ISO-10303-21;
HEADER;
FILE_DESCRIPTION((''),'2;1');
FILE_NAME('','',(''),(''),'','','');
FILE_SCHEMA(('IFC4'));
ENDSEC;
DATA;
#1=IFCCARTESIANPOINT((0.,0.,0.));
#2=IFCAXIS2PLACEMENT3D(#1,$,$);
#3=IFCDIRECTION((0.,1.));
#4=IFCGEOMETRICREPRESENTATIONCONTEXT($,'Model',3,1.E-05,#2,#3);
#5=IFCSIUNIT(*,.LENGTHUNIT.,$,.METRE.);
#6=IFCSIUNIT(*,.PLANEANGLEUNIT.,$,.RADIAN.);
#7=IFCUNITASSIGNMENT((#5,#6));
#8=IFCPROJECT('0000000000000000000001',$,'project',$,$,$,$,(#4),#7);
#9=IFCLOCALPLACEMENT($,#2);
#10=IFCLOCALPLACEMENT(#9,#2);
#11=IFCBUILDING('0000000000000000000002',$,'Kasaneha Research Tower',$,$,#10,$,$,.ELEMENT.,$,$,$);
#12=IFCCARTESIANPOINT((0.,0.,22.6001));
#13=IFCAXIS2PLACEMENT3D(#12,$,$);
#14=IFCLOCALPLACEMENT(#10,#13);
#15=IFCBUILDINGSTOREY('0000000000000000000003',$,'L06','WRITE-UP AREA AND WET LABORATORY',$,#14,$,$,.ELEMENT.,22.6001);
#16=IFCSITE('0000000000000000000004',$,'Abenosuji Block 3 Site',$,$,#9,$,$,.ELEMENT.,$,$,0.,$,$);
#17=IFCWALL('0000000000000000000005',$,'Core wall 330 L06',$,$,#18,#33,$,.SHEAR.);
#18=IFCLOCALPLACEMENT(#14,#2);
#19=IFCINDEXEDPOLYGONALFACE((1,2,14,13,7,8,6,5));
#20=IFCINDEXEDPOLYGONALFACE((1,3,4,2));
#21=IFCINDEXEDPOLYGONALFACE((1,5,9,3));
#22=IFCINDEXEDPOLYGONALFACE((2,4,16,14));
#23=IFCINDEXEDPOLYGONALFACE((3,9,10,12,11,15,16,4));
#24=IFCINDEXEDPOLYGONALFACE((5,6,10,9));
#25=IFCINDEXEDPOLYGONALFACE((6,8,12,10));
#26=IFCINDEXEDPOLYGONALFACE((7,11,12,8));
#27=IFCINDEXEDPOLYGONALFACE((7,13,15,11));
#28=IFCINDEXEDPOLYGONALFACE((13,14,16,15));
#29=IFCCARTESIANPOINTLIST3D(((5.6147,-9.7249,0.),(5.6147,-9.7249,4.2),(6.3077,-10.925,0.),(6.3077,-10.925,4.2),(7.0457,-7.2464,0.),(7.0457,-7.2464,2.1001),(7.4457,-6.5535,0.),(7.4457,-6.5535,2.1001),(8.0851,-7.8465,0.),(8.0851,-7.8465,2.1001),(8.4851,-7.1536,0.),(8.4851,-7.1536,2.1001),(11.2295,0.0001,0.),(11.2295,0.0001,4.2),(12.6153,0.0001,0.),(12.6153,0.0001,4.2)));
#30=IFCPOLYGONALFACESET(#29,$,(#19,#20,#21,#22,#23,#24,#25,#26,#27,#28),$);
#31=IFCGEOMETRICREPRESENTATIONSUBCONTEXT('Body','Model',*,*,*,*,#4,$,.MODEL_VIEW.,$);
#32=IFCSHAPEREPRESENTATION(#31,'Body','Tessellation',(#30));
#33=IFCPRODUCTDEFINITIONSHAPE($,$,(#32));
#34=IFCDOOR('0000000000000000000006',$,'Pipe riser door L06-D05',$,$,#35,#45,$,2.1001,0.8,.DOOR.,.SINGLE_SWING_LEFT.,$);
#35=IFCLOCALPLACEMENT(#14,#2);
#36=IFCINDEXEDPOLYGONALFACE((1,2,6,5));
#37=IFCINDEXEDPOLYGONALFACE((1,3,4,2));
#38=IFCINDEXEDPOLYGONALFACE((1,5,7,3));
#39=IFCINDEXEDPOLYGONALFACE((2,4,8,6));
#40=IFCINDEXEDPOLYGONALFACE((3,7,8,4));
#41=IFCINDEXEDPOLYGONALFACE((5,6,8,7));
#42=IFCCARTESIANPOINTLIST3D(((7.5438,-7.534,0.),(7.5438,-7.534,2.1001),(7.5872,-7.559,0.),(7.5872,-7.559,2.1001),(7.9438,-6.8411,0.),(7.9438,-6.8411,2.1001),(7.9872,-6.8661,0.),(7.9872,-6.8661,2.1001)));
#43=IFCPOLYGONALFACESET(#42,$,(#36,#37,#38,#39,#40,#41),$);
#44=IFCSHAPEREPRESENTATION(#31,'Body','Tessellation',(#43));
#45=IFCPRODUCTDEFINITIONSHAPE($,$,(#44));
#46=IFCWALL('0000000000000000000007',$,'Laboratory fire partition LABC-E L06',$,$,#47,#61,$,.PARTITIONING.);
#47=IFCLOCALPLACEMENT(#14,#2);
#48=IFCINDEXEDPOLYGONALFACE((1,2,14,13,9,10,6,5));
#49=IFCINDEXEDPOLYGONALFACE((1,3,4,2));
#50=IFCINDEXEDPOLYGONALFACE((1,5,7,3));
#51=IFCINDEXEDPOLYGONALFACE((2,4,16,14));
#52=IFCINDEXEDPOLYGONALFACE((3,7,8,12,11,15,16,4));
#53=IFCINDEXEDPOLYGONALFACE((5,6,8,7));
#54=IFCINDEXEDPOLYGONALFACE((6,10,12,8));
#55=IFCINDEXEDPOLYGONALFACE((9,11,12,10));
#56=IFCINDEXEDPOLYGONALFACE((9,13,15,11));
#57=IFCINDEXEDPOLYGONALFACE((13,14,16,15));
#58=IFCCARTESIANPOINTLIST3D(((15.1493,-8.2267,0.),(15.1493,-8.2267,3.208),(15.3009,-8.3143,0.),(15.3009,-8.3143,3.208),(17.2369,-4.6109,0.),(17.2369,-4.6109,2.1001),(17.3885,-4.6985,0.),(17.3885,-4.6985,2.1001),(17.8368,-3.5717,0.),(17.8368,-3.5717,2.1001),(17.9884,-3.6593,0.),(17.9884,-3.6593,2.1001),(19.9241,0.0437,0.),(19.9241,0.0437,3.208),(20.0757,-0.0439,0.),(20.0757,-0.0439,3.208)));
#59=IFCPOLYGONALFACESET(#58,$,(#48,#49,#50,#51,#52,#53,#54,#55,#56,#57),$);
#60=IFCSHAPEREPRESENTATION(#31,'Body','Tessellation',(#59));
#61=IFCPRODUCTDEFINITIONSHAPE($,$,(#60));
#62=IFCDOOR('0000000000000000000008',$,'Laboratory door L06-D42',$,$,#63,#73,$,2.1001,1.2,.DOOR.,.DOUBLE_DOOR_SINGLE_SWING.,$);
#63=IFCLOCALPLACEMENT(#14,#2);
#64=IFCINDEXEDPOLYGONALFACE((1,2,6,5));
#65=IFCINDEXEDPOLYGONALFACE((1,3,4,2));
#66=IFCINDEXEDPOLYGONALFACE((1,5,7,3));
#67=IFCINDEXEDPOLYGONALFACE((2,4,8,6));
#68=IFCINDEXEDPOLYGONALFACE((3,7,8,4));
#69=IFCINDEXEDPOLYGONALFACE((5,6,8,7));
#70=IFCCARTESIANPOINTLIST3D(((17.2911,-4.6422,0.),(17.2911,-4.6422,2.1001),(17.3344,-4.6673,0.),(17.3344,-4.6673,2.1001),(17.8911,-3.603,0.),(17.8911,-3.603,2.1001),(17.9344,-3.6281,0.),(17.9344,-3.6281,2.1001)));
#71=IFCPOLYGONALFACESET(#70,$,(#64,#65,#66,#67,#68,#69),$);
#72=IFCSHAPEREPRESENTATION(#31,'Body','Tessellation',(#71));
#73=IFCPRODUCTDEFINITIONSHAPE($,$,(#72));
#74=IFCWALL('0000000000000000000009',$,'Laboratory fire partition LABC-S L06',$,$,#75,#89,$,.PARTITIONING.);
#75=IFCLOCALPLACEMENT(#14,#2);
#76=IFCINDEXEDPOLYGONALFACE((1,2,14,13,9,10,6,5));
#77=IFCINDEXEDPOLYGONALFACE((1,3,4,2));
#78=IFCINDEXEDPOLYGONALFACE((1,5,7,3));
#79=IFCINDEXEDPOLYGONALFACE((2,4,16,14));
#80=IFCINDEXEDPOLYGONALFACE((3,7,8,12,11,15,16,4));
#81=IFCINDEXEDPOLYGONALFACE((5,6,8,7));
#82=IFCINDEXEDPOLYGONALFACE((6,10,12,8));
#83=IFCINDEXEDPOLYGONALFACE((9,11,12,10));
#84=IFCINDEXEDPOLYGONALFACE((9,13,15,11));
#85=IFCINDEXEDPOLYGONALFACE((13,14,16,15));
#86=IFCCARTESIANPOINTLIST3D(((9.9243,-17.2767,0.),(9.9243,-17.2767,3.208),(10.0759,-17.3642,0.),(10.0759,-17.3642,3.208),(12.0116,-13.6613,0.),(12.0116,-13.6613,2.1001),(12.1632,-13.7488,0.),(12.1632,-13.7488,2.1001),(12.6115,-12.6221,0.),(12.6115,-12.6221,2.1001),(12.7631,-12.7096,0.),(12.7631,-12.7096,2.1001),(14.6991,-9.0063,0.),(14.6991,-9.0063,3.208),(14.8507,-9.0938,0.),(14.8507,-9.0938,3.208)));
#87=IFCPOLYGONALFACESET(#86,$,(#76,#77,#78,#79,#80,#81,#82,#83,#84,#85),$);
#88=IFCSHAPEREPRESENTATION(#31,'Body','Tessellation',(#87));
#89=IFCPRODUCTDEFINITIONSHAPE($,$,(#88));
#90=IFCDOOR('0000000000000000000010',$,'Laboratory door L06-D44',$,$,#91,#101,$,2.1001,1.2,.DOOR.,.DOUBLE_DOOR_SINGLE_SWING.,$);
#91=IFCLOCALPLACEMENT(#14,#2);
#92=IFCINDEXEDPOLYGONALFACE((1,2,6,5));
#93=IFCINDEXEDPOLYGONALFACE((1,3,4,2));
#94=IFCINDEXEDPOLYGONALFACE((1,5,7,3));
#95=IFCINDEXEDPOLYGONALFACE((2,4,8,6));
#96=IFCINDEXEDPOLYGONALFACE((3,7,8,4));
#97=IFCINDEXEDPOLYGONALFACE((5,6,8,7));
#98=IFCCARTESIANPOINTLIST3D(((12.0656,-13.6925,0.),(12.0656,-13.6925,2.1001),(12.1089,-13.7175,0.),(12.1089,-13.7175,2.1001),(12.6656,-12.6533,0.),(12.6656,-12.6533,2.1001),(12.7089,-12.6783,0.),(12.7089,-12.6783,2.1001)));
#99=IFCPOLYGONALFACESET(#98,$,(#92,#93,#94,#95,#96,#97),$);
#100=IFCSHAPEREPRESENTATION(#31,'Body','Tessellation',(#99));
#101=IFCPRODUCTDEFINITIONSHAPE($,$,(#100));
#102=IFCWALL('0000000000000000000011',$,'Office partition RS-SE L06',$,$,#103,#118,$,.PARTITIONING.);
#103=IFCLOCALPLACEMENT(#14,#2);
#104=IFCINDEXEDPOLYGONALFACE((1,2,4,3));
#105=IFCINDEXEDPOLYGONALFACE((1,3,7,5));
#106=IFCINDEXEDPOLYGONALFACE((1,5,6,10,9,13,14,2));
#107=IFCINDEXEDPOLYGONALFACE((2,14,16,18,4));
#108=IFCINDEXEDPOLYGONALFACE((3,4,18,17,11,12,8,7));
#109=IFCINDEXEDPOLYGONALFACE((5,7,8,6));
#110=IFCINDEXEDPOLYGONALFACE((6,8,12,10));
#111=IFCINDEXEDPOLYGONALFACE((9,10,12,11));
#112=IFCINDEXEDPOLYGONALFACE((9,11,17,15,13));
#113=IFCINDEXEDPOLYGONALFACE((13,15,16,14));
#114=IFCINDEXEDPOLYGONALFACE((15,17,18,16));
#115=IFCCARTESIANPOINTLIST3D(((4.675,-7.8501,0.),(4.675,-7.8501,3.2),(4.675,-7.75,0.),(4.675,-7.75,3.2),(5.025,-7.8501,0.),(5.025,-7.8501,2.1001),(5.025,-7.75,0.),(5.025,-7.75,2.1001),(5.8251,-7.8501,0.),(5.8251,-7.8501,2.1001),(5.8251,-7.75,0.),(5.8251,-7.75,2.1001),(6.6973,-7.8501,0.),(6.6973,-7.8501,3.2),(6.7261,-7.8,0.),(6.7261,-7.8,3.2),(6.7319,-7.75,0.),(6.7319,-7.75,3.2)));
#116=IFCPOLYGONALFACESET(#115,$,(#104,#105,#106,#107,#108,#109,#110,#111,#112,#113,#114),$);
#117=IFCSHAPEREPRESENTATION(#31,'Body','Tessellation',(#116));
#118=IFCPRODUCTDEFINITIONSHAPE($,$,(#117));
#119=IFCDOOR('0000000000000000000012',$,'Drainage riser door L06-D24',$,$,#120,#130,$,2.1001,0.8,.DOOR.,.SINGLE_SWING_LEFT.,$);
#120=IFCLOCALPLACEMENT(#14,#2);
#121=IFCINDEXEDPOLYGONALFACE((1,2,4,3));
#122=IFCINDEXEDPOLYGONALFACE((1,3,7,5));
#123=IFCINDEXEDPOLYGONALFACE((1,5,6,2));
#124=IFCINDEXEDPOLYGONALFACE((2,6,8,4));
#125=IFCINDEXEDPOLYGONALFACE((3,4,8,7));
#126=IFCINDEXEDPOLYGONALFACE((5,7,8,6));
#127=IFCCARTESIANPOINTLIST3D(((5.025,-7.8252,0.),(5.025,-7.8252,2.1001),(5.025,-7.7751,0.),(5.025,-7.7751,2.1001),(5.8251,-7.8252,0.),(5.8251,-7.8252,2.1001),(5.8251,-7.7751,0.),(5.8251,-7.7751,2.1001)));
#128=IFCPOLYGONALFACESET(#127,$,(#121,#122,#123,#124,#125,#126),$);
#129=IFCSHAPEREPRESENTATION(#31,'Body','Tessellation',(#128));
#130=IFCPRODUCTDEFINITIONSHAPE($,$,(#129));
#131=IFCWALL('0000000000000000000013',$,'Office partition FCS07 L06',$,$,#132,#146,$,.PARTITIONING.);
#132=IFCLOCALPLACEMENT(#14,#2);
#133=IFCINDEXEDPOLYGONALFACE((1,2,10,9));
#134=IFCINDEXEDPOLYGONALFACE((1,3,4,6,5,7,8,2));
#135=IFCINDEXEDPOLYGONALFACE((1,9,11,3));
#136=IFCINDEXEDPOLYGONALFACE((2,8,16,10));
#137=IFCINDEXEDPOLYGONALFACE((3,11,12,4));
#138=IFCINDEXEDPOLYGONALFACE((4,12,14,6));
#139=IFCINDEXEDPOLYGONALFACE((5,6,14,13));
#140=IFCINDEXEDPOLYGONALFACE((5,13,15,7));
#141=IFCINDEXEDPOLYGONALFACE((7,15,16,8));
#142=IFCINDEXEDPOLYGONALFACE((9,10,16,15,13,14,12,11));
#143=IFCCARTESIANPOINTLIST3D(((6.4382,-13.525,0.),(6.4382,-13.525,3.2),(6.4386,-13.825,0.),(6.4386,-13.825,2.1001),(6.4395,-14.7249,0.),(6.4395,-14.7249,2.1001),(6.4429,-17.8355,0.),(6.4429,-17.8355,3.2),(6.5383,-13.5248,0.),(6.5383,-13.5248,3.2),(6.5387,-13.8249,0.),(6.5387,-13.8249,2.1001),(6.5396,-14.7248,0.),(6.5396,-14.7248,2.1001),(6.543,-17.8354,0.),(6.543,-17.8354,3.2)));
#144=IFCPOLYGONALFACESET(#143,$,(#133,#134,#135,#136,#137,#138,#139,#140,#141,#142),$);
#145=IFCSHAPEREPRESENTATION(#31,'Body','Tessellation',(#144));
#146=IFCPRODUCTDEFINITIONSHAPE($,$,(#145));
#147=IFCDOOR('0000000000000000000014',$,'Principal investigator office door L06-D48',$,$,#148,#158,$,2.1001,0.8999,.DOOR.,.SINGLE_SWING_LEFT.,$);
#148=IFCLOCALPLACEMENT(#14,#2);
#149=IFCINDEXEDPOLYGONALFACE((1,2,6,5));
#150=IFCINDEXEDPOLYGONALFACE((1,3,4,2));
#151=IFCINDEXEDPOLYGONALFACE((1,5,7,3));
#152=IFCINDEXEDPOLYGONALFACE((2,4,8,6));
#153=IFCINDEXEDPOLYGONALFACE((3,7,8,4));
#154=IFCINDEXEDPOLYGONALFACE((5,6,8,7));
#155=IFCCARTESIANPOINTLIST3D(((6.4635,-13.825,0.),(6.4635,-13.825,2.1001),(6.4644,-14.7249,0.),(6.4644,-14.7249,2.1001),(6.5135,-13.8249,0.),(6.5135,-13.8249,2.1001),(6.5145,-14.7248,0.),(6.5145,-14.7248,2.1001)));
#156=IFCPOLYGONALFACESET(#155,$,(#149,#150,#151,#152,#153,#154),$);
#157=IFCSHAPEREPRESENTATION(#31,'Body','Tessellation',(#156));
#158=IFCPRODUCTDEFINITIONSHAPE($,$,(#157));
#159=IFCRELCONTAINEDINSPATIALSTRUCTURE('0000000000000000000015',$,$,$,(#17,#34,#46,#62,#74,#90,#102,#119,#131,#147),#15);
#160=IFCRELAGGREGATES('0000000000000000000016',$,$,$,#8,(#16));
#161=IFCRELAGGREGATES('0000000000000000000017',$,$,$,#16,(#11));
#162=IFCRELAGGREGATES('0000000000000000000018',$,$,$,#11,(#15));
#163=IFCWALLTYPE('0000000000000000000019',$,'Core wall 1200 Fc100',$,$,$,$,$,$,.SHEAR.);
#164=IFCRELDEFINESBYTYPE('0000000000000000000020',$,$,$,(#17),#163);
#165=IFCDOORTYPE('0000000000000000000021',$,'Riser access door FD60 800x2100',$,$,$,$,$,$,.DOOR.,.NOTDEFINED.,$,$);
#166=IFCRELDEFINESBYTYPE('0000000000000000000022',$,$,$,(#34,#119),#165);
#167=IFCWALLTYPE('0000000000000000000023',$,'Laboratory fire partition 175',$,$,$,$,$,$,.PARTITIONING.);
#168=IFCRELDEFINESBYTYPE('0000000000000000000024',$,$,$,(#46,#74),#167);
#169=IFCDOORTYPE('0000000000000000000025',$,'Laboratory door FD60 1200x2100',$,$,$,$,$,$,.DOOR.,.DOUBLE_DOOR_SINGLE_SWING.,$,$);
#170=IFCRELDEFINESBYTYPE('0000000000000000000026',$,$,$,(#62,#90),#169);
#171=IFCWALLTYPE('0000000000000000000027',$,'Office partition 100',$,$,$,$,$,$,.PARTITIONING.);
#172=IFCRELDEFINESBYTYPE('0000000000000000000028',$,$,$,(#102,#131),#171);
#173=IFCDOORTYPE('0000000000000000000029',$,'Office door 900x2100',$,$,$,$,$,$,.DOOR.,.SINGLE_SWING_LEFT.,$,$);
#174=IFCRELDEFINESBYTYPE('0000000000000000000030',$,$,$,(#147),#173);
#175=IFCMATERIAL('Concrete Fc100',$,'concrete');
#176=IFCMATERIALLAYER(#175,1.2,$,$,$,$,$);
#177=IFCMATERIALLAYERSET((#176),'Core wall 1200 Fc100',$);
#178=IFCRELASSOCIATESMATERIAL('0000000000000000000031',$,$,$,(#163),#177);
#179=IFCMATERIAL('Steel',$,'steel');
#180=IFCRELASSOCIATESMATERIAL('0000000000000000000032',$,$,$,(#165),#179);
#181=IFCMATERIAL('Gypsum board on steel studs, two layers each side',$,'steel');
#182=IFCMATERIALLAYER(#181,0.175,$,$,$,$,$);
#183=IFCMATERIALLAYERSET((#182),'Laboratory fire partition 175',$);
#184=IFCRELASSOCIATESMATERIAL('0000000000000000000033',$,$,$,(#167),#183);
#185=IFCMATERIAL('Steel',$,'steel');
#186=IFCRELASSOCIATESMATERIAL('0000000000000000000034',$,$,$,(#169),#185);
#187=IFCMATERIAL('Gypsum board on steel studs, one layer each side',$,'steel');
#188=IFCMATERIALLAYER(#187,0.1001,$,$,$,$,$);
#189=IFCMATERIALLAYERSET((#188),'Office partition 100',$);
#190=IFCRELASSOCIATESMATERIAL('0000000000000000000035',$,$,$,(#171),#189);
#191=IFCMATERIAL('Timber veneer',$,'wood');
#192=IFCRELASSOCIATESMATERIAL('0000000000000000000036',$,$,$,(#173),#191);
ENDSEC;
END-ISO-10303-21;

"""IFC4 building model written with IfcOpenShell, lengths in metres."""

from ifc_helpers import new_model, si_unit, direction, frame, frame_2d, origin, place, context, subcontext, project, spatial, polyline, rectangle, outline, extrude, material, layer, layer_set, type_object, element, fill, save


model = new_model("IFC4")

# Units and contexts
model_context = context("Model", 3, precision=1e-05, world=origin(), true_north=direction((0.0, 1.0)))
body_context = subcontext(model_context, "Body", "Model", "MODEL_VIEW")
ifc_project = project(units=[si_unit("LENGTHUNIT", "METRE"), si_unit("PLANEANGLEUNIT", "RADIAN")], contexts=[model_context])

# Site, building, storey
site_placement = place(None, origin())
site = spatial("IfcSite", under=ifc_project, at=site_placement, Name="Abenosuji Block 3 Site", CompositionType="ELEMENT", RefElevation=0.0)
building_placement = place(site_placement, origin())
building = spatial("IfcBuilding", under=site, at=building_placement, Name="Kasaneha Research Tower", CompositionType="ELEMENT")
storey_placement = place(building_placement, frame((0.0, 0.0, 22.6001)))
storey = spatial("IfcBuildingStorey", under=building, at=storey_placement, Name="L06", Description="WRITE-UP AREA AND WET LABORATORY", CompositionType="ELEMENT", Elevation=22.6001)

# Walls, openings, doors
ifc_material_1 = material(Name="Concrete Fc100", Category="concrete")
ifc_layer_1 = layer(ifc_material_1, 1.2)
ifc_layer_set_1 = layer_set([ifc_layer_1], Name="Core wall 1200 Fc100")
wall_type_1 = type_object("IfcWallType", Name="Core wall 1200 Fc100", PredefinedType="SHEAR", material=ifc_layer_set_1)
wall_1_placement = place(storey_placement, frame((5.9612, -10.325, 0.0), z_axis=(0.0, 0.0, 1.0), x_axis=(0.500004, 0.866023, 0.0)))
wall_1 = element("IfcWall", 1, at=wall_1_placement, inside=storey, type_object=wall_type_1, Name="Core wall 330 L06", PredefinedType="SHEAR", context=body_context, shape_type="SweptSolid", body=[
    extrude(outline(polyline([(-0.3464, -0.6001), (3.2085, -0.6001), (4.0085, -0.6001), (12.2688, -0.6001), (11.5759, 0.6001), (4.0085, 0.6001), (3.2085, 0.6001), (0.3464, 0.6001), (-0.3464, -0.6001)])), origin(), (0.0, 0.0, 1.0), 4.2),
])
opening_1_placement = place(wall_1_placement, frame((3.2085, 0.0, 0.0)))
opening_1 = element("IfcOpeningElement", 2, at=opening_1_placement, cuts=wall_1, PredefinedType="OPENING", context=body_context, shape_type="SweptSolid", body=[
    extrude(rectangle(XDim=0.8, YDim=2.1001, at=frame_2d((0.3999, 1.05))), frame((0.0, 0.6099, 0.0), z_axis=(0.0, -1.0, 0.0), x_axis=(1.0, 0.0, 0.0)), (0.0, 0.0, 1.0), 1.22),
])
ifc_material_2 = material(Name="Steel", Category="steel")
door_type_1 = type_object("IfcDoorType", Name="Riser access door FD60 800x2100", OperationType="NOTDEFINED", PredefinedType="DOOR", material=ifc_material_2)
door_1_placement = place(opening_1_placement, origin())
door_1 = element("IfcDoor", 3, at=door_1_placement, inside=storey, type_object=door_type_1, Name="Pipe riser door L06-D05", OperationType="SINGLE_SWING_LEFT", OverallHeight=2.1001, OverallWidth=0.8, PredefinedType="DOOR", context=body_context, shape_type="SweptSolid", body=[
    extrude(rectangle(XDim=0.8, YDim=2.1001, at=frame_2d((0.3999, 1.05))), frame((0.0, 0.0249, 0.0), z_axis=(0.0, -1.0, 0.0), x_axis=(1.0, 0.0, 0.0)), (0.0, 0.0, 1.0), 0.05),
])
fill(opening_1, door_1)
ifc_material_3 = material(Name="Gypsum board on steel studs, two layers each side", Category="steel")
ifc_layer_2 = layer(ifc_material_3, 0.175)
ifc_layer_set_2 = layer_set([ifc_layer_2], Name="Laboratory fire partition 175")
wall_type_2 = type_object("IfcWallType", Name="Laboratory fire partition 175", PredefinedType="PARTITIONING", material=ifc_layer_set_2)
wall_2_placement = place(storey_placement, frame((15.2251, -8.2705, 0.0), z_axis=(0.0, 0.0, 1.0), x_axis=(0.499994, 0.866029, 0.0)))
wall_2 = element("IfcWall", 4, at=wall_2_placement, inside=storey, type_object=wall_type_2, Name="Laboratory fire partition LABC-E L06", PredefinedType="PARTITIONING", context=body_context, shape_type="SweptSolid", body=[
    extrude(rectangle(XDim=9.5498, YDim=0.175, at=frame_2d((4.7749, 0.0))), origin(), (0.0, 0.0, 1.0), 3.208),
])
opening_2_placement = place(wall_2_placement, frame((4.175, 0.0, 0.0)))
opening_2 = element("IfcOpeningElement", 5, at=opening_2_placement, cuts=wall_2, PredefinedType="OPENING", context=body_context, shape_type="SweptSolid", body=[
    extrude(rectangle(XDim=1.2, YDim=2.1001, at=frame_2d((0.6001, 1.05))), frame((0.0, 0.0977, 0.0), z_axis=(0.0, -1.0, 0.0), x_axis=(1.0, 0.0, 0.0)), (0.0, 0.0, 1.0), 0.1951),
])
ifc_material_4 = material(Name="Steel", Category="steel")
door_type_2 = type_object("IfcDoorType", Name="Laboratory door FD60 1200x2100", OperationType="DOUBLE_DOOR_SINGLE_SWING", PredefinedType="DOOR", material=ifc_material_4)
door_2_placement = place(opening_2_placement, origin())
door_2 = element("IfcDoor", 6, at=door_2_placement, inside=storey, type_object=door_type_2, Name="Laboratory door L06-D42", OperationType="DOUBLE_DOOR_SINGLE_SWING", OverallHeight=2.1001, OverallWidth=1.2, PredefinedType="DOOR", context=body_context, shape_type="SweptSolid", body=[
    extrude(rectangle(XDim=1.2, YDim=2.1001, at=frame_2d((0.6001, 1.05))), frame((0.0, 0.0249, 0.0), z_axis=(0.0, -1.0, 0.0), x_axis=(1.0, 0.0, 0.0)), (0.0, 0.0, 1.0), 0.05),
])
fill(opening_2, door_2)
wall_3_placement = place(storey_placement, frame((14.7749, -9.05, 0.0), z_axis=(0.0, 0.0, 1.0), x_axis=(-0.499994, -0.866029, 0.0)))
wall_3 = element("IfcWall", 7, at=wall_3_placement, inside=storey, type_object=wall_type_2, Name="Laboratory fire partition LABC-S L06", PredefinedType="PARTITIONING", context=body_context, shape_type="SweptSolid", body=[
    extrude(rectangle(XDim=9.5498, YDim=0.175, at=frame_2d((4.7749, 0.0))), origin(), (0.0, 0.0, 1.0), 3.208),
])
opening_3_placement = place(wall_3_placement, frame((4.175, 0.0, 0.0)))
opening_3 = element("IfcOpeningElement", 8, at=opening_3_placement, cuts=wall_3, PredefinedType="OPENING", context=body_context, shape_type="SweptSolid", body=[
    extrude(rectangle(XDim=1.2, YDim=2.1001, at=frame_2d((0.6001, 1.05))), frame((0.0, 0.0977, 0.0), z_axis=(0.0, -1.0, 0.0), x_axis=(1.0, 0.0, 0.0)), (0.0, 0.0, 1.0), 0.1951),
])
door_3_placement = place(opening_3_placement, origin())
door_3 = element("IfcDoor", 9, at=door_3_placement, inside=storey, type_object=door_type_2, Name="Laboratory door L06-D44", OperationType="DOUBLE_DOOR_SINGLE_SWING", OverallHeight=2.1001, OverallWidth=1.2, PredefinedType="DOOR", context=body_context, shape_type="SweptSolid", body=[
    extrude(rectangle(XDim=1.2, YDim=2.1001, at=frame_2d((0.6001, 1.05))), frame((0.0, 0.0249, 0.0), z_axis=(0.0, -1.0, 0.0), x_axis=(1.0, 0.0, 0.0)), (0.0, 0.0, 1.0), 0.05),
])
fill(opening_3, door_3)
ifc_material_5 = material(Name="Gypsum board on steel studs, one layer each side", Category="steel")
ifc_layer_3 = layer(ifc_material_5, 0.1001)
ifc_layer_set_3 = layer_set([ifc_layer_3], Name="Office partition 100")
wall_type_3 = type_object("IfcWallType", Name="Office partition 100", PredefinedType="PARTITIONING", material=ifc_layer_set_3)
wall_4_placement = place(storey_placement, frame((4.675, -7.8, 0.0), z_axis=(0.0, 0.0, 1.0), x_axis=(1.0, 0.0, 0.0)))
wall_4 = element("IfcWall", 10, at=wall_4_placement, inside=storey, type_object=wall_type_3, Name="Office partition RS-SE L06", PredefinedType="PARTITIONING", context=body_context, shape_type="SweptSolid", body=[
    extrude(outline(polyline([(0.0, -0.05), (0.3501, -0.05), (1.1501, -0.05), (2.0222, -0.05), (2.051, 0.0), (2.0569, 0.05), (1.1501, 0.05), (0.3501, 0.05), (0.0, 0.05), (0.0, -0.05)])), origin(), (0.0, 0.0, 1.0), 3.2),
])
opening_4_placement = place(wall_4_placement, frame((0.3501, 0.0, 0.0)))
opening_4 = element("IfcOpeningElement", 11, at=opening_4_placement, cuts=wall_4, PredefinedType="OPENING", context=body_context, shape_type="SweptSolid", body=[
    extrude(rectangle(XDim=0.8, YDim=2.1001, at=frame_2d((0.3999, 1.05))), frame((0.0, 0.0601, 0.0), z_axis=(0.0, -1.0, 0.0), x_axis=(1.0, 0.0, 0.0)), (0.0, 0.0, 1.0), 0.1201),
])
door_4_placement = place(opening_4_placement, origin())
door_4 = element("IfcDoor", 12, at=door_4_placement, inside=storey, type_object=door_type_1, Name="Drainage riser door L06-D24", OperationType="SINGLE_SWING_LEFT", OverallHeight=2.1001, OverallWidth=0.8, PredefinedType="DOOR", context=body_context, shape_type="SweptSolid", body=[
    extrude(rectangle(XDim=0.8, YDim=2.1001, at=frame_2d((0.3999, 1.05))), frame((0.0, 0.0249, 0.0), z_axis=(0.0, -1.0, 0.0), x_axis=(1.0, 0.0, 0.0)), (0.0, 0.0, 1.0), 0.05),
])
fill(opening_4, door_4)
wall_5_placement = place(storey_placement, frame((6.4883, -13.5249, 0.0), z_axis=(0.0, 0.0, 1.0), x_axis=(0.001076, -0.999999, 0.0)))
wall_5 = element("IfcWall", 13, at=wall_5_placement, inside=storey, type_object=wall_type_3, Name="Office partition FCS07 L06", PredefinedType="PARTITIONING", context=body_context, shape_type="SweptSolid", body=[
    extrude(rectangle(XDim=4.3105, YDim=0.1001, at=frame_2d((2.1553, 0.0))), origin(), (0.0, 0.0, 1.0), 3.2),
])
opening_5_placement = place(wall_5_placement, frame((0.3, 0.0, 0.0)))
opening_5 = element("IfcOpeningElement", 14, at=opening_5_placement, cuts=wall_5, PredefinedType="OPENING", context=body_context, shape_type="SweptSolid", body=[
    extrude(rectangle(XDim=0.8999, YDim=2.1001, at=frame_2d((0.45, 1.05))), frame((0.0, 0.0601, 0.0), z_axis=(0.0, -1.0, 0.0), x_axis=(1.0, 0.0, 0.0)), (0.0, 0.0, 1.0), 0.1201),
])
ifc_material_6 = material(Name="Timber veneer", Category="wood")
door_type_3 = type_object("IfcDoorType", Name="Office door 900x2100", OperationType="SINGLE_SWING_LEFT", PredefinedType="DOOR", material=ifc_material_6)
door_5_placement = place(opening_5_placement, origin())
door_5 = element("IfcDoor", 15, at=door_5_placement, inside=storey, type_object=door_type_3, Name="Principal investigator office door L06-D48", OperationType="SINGLE_SWING_LEFT", OverallHeight=2.1001, OverallWidth=0.8999, PredefinedType="DOOR", context=body_context, shape_type="SweptSolid", body=[
    extrude(rectangle(XDim=0.8999, YDim=2.1001, at=frame_2d((0.45, 1.05))), frame((0.0, 0.0249, 0.0), z_axis=(0.0, -1.0, 0.0), x_axis=(1.0, 0.0, 0.0)), (0.0, 0.0, 1.0), 0.05),
])
fill(opening_5, door_5)

save(model, "model.ifc")
